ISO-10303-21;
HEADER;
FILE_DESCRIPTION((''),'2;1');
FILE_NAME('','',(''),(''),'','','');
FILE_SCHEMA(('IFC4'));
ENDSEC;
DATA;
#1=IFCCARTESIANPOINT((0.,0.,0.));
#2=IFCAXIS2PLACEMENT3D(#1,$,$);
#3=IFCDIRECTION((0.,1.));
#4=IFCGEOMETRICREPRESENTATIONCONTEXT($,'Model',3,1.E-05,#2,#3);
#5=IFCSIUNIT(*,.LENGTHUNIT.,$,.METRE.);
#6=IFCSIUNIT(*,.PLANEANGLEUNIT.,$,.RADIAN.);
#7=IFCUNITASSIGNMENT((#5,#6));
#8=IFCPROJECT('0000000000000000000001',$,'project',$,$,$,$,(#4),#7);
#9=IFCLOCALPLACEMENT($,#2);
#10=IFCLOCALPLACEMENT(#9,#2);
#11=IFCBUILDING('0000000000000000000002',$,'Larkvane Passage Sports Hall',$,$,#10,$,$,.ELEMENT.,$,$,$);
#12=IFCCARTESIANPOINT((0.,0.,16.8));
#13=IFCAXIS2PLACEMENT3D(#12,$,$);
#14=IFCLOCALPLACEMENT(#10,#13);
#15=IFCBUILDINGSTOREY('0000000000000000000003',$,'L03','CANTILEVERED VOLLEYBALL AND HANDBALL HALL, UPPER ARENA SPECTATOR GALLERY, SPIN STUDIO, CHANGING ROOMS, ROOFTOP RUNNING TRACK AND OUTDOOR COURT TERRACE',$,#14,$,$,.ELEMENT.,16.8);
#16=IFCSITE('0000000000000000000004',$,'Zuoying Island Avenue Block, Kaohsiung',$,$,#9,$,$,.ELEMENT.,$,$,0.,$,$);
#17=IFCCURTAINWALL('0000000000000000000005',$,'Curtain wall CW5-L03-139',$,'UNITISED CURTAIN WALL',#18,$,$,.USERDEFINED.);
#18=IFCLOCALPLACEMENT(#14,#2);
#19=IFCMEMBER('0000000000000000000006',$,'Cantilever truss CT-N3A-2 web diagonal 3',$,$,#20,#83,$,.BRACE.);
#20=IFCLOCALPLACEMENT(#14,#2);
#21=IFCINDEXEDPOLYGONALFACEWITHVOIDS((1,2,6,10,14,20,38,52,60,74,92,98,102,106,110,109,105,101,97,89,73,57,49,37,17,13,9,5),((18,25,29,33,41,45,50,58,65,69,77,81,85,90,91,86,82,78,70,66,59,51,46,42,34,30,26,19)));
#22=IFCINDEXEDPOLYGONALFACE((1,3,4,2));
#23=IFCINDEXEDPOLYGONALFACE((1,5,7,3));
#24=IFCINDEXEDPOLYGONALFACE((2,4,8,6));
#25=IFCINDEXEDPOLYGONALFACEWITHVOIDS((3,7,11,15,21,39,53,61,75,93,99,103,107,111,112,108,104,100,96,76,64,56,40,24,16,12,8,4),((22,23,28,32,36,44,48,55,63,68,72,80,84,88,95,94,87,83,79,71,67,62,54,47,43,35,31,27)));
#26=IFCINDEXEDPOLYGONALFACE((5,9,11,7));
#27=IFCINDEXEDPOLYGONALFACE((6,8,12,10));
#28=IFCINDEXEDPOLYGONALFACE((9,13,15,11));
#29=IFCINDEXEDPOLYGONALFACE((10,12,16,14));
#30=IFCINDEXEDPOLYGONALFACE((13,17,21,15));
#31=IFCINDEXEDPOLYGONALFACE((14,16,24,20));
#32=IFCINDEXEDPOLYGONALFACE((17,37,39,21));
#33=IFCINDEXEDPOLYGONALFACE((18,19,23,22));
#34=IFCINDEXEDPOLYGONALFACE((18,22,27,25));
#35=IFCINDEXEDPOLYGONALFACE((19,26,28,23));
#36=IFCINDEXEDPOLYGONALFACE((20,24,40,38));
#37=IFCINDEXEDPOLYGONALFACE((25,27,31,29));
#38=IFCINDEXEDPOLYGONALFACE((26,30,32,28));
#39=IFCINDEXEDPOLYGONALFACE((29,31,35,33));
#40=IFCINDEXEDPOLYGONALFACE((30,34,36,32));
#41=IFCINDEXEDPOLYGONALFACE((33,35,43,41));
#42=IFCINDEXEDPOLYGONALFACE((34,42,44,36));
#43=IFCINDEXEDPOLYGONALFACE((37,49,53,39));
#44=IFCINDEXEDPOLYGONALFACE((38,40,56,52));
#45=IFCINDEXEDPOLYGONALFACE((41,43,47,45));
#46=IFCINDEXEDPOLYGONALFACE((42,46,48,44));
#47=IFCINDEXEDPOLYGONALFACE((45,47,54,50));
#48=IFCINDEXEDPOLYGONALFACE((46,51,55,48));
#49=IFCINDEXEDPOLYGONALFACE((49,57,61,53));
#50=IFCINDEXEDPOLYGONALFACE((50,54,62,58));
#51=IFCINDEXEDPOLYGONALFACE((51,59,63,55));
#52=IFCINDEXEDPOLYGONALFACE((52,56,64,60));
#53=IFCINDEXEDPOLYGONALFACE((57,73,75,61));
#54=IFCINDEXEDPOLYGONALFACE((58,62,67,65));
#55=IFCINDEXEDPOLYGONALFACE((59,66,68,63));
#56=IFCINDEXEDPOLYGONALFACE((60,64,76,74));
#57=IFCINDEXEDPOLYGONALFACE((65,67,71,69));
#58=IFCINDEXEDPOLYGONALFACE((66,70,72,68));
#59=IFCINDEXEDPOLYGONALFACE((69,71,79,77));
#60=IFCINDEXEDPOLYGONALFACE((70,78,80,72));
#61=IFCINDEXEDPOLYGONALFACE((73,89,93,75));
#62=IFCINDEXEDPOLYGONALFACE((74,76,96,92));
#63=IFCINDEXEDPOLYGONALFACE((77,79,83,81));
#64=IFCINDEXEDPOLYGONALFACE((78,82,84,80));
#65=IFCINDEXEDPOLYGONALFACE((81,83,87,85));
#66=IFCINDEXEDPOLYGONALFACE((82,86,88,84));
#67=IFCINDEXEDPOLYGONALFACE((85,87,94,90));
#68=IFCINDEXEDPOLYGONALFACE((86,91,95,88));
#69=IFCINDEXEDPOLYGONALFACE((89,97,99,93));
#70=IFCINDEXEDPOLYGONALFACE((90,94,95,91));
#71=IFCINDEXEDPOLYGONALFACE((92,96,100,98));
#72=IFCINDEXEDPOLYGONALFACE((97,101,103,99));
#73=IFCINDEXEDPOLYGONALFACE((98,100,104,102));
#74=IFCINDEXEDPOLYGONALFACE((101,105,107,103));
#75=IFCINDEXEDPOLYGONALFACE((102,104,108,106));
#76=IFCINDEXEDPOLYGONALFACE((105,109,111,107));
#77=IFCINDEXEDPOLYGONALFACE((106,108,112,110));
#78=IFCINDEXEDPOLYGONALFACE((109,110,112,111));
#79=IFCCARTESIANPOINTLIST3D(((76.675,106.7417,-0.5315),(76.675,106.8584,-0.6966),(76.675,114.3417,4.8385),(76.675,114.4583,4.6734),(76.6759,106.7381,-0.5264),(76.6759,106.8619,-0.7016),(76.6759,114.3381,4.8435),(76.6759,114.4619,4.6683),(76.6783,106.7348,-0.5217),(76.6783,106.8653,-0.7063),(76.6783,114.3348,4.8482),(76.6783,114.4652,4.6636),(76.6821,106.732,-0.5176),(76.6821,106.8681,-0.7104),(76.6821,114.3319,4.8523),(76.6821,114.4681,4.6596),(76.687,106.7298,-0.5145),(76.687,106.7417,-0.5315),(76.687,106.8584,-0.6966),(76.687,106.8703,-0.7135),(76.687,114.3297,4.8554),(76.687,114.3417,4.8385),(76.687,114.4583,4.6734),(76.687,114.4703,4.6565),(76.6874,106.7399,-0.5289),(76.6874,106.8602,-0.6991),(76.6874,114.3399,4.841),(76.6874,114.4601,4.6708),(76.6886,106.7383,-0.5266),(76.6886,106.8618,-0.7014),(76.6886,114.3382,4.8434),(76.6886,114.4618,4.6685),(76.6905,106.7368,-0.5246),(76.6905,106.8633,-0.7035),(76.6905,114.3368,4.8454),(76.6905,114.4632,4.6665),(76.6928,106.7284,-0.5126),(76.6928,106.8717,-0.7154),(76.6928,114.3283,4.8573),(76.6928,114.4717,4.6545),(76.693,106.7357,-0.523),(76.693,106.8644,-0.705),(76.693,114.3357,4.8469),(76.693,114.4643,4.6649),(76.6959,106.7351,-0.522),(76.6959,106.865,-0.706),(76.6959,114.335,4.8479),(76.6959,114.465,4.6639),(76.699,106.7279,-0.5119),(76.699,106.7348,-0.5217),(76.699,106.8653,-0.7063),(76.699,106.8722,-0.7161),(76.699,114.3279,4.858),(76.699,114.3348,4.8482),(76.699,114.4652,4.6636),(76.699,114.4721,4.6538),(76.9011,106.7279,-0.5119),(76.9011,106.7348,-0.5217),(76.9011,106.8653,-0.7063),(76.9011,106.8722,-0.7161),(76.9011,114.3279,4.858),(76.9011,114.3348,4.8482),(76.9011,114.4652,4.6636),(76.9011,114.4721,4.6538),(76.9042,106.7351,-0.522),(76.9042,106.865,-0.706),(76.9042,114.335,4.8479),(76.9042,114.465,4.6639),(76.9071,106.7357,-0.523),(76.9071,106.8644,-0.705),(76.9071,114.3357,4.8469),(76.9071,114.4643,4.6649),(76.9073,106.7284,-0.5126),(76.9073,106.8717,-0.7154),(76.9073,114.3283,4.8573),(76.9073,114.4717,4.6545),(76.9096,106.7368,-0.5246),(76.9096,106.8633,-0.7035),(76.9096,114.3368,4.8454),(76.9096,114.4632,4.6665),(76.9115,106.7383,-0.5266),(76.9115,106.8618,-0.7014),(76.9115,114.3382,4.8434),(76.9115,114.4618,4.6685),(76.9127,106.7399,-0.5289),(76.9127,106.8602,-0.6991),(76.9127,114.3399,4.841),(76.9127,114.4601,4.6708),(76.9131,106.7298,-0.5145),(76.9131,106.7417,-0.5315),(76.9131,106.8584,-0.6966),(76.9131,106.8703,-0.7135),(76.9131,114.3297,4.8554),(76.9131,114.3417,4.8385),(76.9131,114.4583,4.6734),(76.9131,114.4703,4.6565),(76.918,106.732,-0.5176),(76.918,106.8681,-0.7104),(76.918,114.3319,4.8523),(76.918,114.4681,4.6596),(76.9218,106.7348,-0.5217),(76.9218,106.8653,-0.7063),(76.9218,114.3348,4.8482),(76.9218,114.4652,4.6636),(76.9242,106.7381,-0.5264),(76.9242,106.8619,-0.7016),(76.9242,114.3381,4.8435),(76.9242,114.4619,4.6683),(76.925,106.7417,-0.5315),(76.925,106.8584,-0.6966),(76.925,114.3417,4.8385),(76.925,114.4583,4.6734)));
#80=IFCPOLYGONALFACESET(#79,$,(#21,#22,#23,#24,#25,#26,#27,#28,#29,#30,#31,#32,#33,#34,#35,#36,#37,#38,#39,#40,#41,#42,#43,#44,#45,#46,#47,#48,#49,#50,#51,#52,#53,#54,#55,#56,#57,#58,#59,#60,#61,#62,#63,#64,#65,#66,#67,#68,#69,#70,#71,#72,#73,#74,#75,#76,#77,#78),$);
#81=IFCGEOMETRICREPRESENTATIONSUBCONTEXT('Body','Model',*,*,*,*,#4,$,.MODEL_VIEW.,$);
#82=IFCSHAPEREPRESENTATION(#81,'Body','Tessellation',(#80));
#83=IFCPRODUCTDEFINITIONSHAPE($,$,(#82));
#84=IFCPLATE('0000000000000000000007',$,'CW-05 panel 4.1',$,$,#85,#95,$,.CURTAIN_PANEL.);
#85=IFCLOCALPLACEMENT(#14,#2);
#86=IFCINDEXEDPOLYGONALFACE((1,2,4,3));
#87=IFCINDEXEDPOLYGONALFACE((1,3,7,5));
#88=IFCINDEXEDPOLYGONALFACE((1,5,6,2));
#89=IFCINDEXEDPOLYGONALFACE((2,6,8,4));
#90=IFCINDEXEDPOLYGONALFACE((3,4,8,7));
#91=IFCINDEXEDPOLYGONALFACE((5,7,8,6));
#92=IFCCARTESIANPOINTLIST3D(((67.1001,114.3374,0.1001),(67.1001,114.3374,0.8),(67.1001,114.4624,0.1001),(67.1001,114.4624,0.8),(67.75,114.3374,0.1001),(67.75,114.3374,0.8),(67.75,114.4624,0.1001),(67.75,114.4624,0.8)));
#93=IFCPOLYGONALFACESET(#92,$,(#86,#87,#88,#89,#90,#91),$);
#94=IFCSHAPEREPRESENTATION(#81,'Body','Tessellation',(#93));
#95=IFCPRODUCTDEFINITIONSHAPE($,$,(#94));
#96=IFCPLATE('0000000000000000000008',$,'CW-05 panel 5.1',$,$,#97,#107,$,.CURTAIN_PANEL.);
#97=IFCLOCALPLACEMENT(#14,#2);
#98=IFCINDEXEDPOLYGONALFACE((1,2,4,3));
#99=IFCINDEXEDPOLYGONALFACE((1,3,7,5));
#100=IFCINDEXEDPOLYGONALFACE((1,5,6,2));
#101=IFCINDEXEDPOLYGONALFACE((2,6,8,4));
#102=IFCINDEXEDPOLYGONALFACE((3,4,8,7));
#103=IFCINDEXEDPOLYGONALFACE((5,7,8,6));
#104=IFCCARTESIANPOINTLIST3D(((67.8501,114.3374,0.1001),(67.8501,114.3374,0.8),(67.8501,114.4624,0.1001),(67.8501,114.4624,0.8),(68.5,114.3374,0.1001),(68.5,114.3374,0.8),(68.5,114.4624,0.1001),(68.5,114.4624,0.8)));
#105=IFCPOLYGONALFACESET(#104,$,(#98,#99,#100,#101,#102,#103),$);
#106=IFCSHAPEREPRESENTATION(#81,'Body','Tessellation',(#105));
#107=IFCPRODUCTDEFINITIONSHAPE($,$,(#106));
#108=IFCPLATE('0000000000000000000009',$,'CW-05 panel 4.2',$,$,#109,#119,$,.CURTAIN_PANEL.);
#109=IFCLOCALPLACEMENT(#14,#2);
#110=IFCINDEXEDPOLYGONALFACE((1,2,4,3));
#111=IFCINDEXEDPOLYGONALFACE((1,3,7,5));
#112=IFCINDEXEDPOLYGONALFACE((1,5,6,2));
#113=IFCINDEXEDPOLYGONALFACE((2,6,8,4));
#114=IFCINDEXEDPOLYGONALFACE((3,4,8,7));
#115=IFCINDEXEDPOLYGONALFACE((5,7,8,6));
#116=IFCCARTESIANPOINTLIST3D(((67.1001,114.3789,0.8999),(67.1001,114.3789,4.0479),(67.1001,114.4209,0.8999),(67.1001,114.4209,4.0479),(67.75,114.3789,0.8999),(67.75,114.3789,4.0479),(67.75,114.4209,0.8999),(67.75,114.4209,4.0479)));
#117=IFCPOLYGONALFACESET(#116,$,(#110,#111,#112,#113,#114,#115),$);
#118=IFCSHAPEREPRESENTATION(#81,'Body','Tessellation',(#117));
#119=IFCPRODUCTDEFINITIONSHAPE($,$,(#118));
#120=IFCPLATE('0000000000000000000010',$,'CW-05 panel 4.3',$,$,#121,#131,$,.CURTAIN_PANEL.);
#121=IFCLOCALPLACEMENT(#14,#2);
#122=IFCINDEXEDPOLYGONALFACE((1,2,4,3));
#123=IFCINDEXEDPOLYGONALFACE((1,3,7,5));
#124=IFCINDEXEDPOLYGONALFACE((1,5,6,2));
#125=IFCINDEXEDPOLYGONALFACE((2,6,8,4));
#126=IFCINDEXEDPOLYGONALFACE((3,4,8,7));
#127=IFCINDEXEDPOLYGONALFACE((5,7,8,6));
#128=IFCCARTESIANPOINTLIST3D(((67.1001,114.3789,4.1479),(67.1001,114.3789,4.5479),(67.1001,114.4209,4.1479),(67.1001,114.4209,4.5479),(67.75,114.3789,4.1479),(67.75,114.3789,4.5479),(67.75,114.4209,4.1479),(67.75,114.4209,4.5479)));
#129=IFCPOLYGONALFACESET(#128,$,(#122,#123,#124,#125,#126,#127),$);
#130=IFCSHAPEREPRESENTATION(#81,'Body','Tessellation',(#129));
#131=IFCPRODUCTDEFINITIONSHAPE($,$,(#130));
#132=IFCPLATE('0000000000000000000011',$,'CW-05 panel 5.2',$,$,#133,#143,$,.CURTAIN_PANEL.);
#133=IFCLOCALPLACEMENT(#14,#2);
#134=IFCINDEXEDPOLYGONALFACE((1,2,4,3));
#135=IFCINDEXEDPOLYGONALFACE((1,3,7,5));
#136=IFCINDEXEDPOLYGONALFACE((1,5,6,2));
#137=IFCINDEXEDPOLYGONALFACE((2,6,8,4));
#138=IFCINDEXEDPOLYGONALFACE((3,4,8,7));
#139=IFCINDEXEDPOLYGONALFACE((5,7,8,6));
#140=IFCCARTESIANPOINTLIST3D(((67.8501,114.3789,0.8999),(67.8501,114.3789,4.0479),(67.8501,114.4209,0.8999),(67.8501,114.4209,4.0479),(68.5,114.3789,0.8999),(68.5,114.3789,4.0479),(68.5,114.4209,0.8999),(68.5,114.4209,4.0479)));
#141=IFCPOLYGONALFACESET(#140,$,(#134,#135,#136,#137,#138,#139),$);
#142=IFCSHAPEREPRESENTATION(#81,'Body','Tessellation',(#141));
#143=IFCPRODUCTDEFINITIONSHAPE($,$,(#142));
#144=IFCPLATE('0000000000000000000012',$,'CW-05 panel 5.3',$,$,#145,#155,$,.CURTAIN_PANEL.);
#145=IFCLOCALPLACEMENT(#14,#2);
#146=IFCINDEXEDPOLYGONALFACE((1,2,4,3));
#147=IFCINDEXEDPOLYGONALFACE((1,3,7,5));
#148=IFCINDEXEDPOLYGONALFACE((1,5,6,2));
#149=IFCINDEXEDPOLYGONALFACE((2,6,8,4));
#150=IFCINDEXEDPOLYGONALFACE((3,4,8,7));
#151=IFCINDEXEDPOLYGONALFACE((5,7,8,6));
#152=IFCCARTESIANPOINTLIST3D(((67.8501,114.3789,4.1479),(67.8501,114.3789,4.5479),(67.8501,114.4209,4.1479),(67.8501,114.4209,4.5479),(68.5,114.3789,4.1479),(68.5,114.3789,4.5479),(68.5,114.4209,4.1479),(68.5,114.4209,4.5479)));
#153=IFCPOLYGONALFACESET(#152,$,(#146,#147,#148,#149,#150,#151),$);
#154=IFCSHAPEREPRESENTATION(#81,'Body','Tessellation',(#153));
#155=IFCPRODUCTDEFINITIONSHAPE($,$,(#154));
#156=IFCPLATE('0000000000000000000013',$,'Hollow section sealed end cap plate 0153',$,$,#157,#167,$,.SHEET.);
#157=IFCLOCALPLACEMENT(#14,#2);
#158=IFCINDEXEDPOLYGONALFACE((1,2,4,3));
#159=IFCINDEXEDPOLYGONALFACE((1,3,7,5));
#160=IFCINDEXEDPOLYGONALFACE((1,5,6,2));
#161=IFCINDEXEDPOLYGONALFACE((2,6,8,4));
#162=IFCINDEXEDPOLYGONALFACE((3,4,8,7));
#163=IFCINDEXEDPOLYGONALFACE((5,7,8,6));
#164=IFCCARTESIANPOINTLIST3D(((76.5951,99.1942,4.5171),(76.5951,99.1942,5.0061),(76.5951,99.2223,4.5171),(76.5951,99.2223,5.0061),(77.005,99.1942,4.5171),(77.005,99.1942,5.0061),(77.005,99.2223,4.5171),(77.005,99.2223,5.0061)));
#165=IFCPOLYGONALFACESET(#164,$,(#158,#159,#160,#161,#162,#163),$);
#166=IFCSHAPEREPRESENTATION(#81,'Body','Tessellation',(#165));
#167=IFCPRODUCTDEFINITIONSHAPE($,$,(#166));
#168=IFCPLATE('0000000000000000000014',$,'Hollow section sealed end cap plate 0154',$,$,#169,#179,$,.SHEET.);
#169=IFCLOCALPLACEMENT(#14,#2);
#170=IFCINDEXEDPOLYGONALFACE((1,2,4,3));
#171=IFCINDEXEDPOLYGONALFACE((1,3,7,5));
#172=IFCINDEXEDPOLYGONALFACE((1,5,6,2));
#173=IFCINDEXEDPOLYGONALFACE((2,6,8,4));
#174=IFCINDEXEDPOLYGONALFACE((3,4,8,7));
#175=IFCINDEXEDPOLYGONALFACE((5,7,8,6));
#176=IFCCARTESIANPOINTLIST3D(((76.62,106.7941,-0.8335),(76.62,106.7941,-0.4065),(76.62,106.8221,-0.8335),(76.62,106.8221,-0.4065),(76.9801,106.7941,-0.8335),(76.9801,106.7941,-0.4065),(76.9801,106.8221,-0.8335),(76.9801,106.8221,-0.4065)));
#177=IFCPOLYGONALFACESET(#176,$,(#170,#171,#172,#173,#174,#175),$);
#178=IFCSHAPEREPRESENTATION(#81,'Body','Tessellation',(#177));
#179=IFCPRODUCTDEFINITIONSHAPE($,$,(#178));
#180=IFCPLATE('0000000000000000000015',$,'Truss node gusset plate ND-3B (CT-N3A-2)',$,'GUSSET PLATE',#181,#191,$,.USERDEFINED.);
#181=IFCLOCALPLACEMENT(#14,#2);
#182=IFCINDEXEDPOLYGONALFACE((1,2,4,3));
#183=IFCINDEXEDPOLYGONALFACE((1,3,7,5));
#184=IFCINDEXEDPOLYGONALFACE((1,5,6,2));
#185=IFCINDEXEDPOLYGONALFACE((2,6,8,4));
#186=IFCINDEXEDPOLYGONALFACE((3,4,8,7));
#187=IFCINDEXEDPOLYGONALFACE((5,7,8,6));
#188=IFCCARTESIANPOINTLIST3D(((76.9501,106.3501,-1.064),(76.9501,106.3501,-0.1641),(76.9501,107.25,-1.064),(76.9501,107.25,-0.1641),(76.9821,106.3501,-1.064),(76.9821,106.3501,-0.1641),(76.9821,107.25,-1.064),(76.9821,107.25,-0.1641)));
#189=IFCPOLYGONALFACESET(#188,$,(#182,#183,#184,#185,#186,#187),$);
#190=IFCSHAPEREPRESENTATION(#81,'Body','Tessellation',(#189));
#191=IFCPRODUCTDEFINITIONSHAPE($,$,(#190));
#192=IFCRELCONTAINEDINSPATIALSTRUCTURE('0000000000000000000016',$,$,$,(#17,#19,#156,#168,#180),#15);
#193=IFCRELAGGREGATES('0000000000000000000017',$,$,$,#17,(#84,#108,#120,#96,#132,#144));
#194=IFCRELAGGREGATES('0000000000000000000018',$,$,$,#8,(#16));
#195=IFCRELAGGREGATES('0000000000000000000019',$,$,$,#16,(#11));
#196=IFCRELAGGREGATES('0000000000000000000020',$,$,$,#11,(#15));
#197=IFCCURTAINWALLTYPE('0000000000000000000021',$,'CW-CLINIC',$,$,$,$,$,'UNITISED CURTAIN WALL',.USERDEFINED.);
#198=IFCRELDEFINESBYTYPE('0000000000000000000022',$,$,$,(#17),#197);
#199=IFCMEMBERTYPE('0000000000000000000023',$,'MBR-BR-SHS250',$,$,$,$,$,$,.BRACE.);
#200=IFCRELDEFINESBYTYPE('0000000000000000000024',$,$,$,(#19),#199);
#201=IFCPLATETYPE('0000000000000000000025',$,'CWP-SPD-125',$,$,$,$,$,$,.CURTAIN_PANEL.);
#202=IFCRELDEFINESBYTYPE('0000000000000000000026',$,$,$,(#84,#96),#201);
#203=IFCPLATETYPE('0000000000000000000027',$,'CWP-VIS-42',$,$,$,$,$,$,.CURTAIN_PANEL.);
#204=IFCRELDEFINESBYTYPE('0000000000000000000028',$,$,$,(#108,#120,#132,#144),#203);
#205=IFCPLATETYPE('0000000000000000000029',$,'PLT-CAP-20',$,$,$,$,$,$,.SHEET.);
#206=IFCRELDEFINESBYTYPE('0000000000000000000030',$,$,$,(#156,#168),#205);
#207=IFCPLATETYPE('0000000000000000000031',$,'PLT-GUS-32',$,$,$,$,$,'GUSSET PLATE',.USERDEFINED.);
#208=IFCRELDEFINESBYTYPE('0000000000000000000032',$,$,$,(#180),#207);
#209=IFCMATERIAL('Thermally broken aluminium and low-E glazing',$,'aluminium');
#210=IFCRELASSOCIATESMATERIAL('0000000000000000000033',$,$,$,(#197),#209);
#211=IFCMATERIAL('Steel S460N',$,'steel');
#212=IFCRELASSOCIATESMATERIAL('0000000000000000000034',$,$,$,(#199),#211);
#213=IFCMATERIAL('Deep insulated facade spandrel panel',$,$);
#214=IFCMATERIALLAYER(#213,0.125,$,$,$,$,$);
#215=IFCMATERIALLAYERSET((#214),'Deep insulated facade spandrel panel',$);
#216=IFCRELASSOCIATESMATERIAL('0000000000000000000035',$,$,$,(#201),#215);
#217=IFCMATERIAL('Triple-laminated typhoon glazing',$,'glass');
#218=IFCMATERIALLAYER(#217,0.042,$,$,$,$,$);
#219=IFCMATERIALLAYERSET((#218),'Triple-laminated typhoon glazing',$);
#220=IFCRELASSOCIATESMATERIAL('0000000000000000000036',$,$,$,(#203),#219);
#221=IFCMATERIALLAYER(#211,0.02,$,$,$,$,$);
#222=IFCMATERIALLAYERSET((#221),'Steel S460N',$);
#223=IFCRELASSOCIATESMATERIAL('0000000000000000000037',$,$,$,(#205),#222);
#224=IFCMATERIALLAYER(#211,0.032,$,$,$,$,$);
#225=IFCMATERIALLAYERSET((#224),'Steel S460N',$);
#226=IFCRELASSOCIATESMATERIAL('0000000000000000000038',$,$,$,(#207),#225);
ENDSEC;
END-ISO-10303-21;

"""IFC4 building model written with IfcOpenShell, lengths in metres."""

from ifc_helpers import new_model, si_unit, direction, frame, origin, origin_2d, place, context, subcontext, project, spatial, rectangle, hollow_rectangle, extrude, material, layer, layer_set, material_profile, profile_set, type_object, element, aggregate, save


model = new_model("IFC4")

# Units and contexts
model_context = context("Model", 3, precision=1e-05, world=origin(), true_north=direction((0.0, 1.0)))
body_context = subcontext(model_context, "Body", "Model", "MODEL_VIEW")
ifc_project = project(units=[si_unit("LENGTHUNIT", "METRE"), si_unit("PLANEANGLEUNIT", "RADIAN")], contexts=[model_context])

# Site, building, storey
site_placement = place(None, origin())
site = spatial("IfcSite", under=ifc_project, at=site_placement, Name="Zuoying Island Avenue Block, Kaohsiung", CompositionType="ELEMENT", RefElevation=0.0)
building_placement = place(site_placement, origin())
building = spatial("IfcBuilding", under=site, at=building_placement, Name="Larkvane Passage Sports Hall", CompositionType="ELEMENT")
storey_placement = place(building_placement, frame((0.0, 0.0, 16.8)))
storey = spatial("IfcBuildingStorey", under=building, at=storey_placement, Name="L03", Description="CANTILEVERED VOLLEYBALL AND HANDBALL HALL, UPPER ARENA SPECTATOR GALLERY, SPIN STUDIO, CHANGING ROOMS, ROOFTOP RUNNING TRACK AND OUTDOOR COURT TERRACE", CompositionType="ELEMENT", Elevation=16.8)

# Shared definitions
ifc_material_1 = material(Name="Steel S460N", Category="steel")

# Curtain wall
ifc_material_2 = material(Name="Thermally broken aluminium and low-E glazing", Category="aluminium")
curtain_wall_type_1 = type_object("IfcCurtainWallType", Name="CW-CLINIC", ElementType="UNITISED CURTAIN WALL", PredefinedType="USERDEFINED", material=ifc_material_2)
curtain_wall_1_placement = place(storey_placement, origin())
curtain_wall_1 = element("IfcCurtainWall", 1, at=curtain_wall_1_placement, inside=storey, type_object=curtain_wall_type_1, Name="Curtain wall CW5-L03-139", ObjectType="UNITISED CURTAIN WALL", PredefinedType="USERDEFINED")

# Member
ifc_material_profile_1 = material_profile(ifc_material_1, hollow_rectangle(XDim=0.25, YDim=0.25, WallThickness=0.012, InnerFilletRadius=0.012, OuterFilletRadius=0.0239, at=origin_2d()), Name="SHS-250x250x12")
ifc_profile_set_1 = profile_set([ifc_material_profile_1], Name="Steel S460N")
member_type_1 = type_object("IfcMemberType", Name="MBR-BR-SHS250", PredefinedType="BRACE", material=ifc_profile_set_1)
member_1_placement = place(storey_placement, frame((76.8, 106.8, -0.614), z_axis=(0.0, 0.816701, 0.577061), x_axis=(-1.0, 0.0, 0.0)))
element("IfcMember", 2, at=member_1_placement, inside=storey, type_object=member_type_1, Name="Cantilever truss CT-N3A-2 web diagonal 3", PredefinedType="BRACE", context=body_context, shape_type="SweptSolid", body=[
    extrude(hollow_rectangle(XDim=0.25, YDim=0.25, WallThickness=0.012, InnerFilletRadius=0.012, OuterFilletRadius=0.0239, at=origin_2d()), origin(), (0.0, 0.0, 1.0), 9.3057),
])

# Plates
ifc_material_3 = material(Name="Deep insulated facade spandrel panel")
ifc_layer_1 = layer(ifc_material_3, 0.125)
ifc_layer_set_1 = layer_set([ifc_layer_1], Name="Deep insulated facade spandrel panel")
plate_type_1 = type_object("IfcPlateType", Name="CWP-SPD-125", PredefinedType="CURTAIN_PANEL", material=ifc_layer_set_1)
plate_1_placement = place(storey_placement, frame((67.425, 114.3999, 0.1001), z_axis=(0.0, 0.0, 1.0), x_axis=(1.0, 0.0, 0.0)))
plate_1 = element("IfcPlate", 3, at=plate_1_placement, type_object=plate_type_1, Name="CW-05 panel 4.1", PredefinedType="CURTAIN_PANEL", context=body_context, shape_type="SweptSolid", body=[
    extrude(rectangle(XDim=0.6499, YDim=0.125, at=origin_2d()), origin(), (0.0, 0.0, 1.0), 0.7),
])
plate_2_placement = place(storey_placement, frame((68.175, 114.3999, 0.1001), z_axis=(0.0, 0.0, 1.0), x_axis=(1.0, 0.0, 0.0)))
plate_2 = element("IfcPlate", 4, at=plate_2_placement, type_object=plate_type_1, Name="CW-05 panel 5.1", PredefinedType="CURTAIN_PANEL", context=body_context, shape_type="SweptSolid", body=[
    extrude(rectangle(XDim=0.6499, YDim=0.125, at=origin_2d()), origin(), (0.0, 0.0, 1.0), 0.7),
])
ifc_material_4 = material(Name="Triple-laminated typhoon glazing", Category="glass")
ifc_layer_2 = layer(ifc_material_4, 0.042)
ifc_layer_set_2 = layer_set([ifc_layer_2], Name="Triple-laminated typhoon glazing")
plate_type_2 = type_object("IfcPlateType", Name="CWP-VIS-42", PredefinedType="CURTAIN_PANEL", material=ifc_layer_set_2)
plate_3_placement = place(storey_placement, frame((67.425, 114.3999, 0.8999), z_axis=(0.0, 0.0, 1.0), x_axis=(1.0, 0.0, 0.0)))
plate_3 = element("IfcPlate", 5, at=plate_3_placement, type_object=plate_type_2, Name="CW-05 panel 4.2", PredefinedType="CURTAIN_PANEL", context=body_context, shape_type="SweptSolid", body=[
    extrude(rectangle(XDim=0.6499, YDim=0.042, at=origin_2d()), origin(), (0.0, 0.0, 1.0), 3.1479),
])
plate_4_placement = place(storey_placement, frame((67.425, 114.3999, 4.1479), z_axis=(0.0, 0.0, 1.0), x_axis=(1.0, 0.0, 0.0)))
plate_4 = element("IfcPlate", 6, at=plate_4_placement, type_object=plate_type_2, Name="CW-05 panel 4.3", PredefinedType="CURTAIN_PANEL", context=body_context, shape_type="SweptSolid", body=[
    extrude(rectangle(XDim=0.6499, YDim=0.042, at=origin_2d()), origin(), (0.0, 0.0, 1.0), 0.3999),
])
plate_5_placement = place(storey_placement, frame((68.175, 114.3999, 0.8999), z_axis=(0.0, 0.0, 1.0), x_axis=(1.0, 0.0, 0.0)))
plate_5 = element("IfcPlate", 7, at=plate_5_placement, type_object=plate_type_2, Name="CW-05 panel 5.2", PredefinedType="CURTAIN_PANEL", context=body_context, shape_type="SweptSolid", body=[
    extrude(rectangle(XDim=0.6499, YDim=0.042, at=origin_2d()), origin(), (0.0, 0.0, 1.0), 3.1479),
])
plate_6_placement = place(storey_placement, frame((68.175, 114.3999, 4.1479), z_axis=(0.0, 0.0, 1.0), x_axis=(1.0, 0.0, 0.0)))
plate_6 = element("IfcPlate", 8, at=plate_6_placement, type_object=plate_type_2, Name="CW-05 panel 5.3", PredefinedType="CURTAIN_PANEL", context=body_context, shape_type="SweptSolid", body=[
    extrude(rectangle(XDim=0.6499, YDim=0.042, at=origin_2d()), origin(), (0.0, 0.0, 1.0), 0.3999),
])
aggregate(curtain_wall_1, [plate_1, plate_3, plate_4, plate_2, plate_5, plate_6])

# Plates
ifc_layer_3 = layer(ifc_material_1, 0.02)
ifc_layer_set_3 = layer_set([ifc_layer_3], Name="Steel S460N")
plate_type_3 = type_object("IfcPlateType", Name="PLT-CAP-20", PredefinedType="SHEET", material=ifc_layer_set_3)
plate_7_placement = place(storey_placement, frame((76.8, 99.2083, 4.5171), z_axis=(0.0, 0.0, 1.0), x_axis=(-1.0, 0.0, 0.0)))
element("IfcPlate", 9, at=plate_7_placement, inside=storey, type_object=plate_type_3, Name="Hollow section sealed end cap plate 0153", PredefinedType="SHEET", context=body_context, shape_type="SweptSolid", body=[
    extrude(rectangle(XDim=0.4099, YDim=0.0281, at=origin_2d()), origin(), (0.0, 0.0, 1.0), 0.489),
])
plate_8_placement = place(storey_placement, frame((76.8, 106.8081, -0.8335), z_axis=(0.0, 0.0, 1.0), x_axis=(-1.0, 0.0, 0.0)))
element("IfcPlate", 10, at=plate_8_placement, inside=storey, type_object=plate_type_3, Name="Hollow section sealed end cap plate 0154", PredefinedType="SHEET", context=body_context, shape_type="SweptSolid", body=[
    extrude(rectangle(XDim=0.3601, YDim=0.0281, at=origin_2d()), origin(), (0.0, 0.0, 1.0), 0.427),
])
ifc_layer_4 = layer(ifc_material_1, 0.032)
ifc_layer_set_4 = layer_set([ifc_layer_4], Name="Steel S460N")
plate_type_4 = type_object("IfcPlateType", Name="PLT-GUS-32", ElementType="GUSSET PLATE", PredefinedType="USERDEFINED", material=ifc_layer_set_4)
for number, where, z_axis, x_axis, name in (
    (11, (76.9661, 106.8, -1.064), (0.0, 0.0, 1.0), (0.0, 1.0, 0.0), "Truss node gusset plate ND-3B (CT-N3A-2)"),
):
    element("IfcPlate", number, at=place(storey_placement, frame(where, z_axis=z_axis, x_axis=x_axis)), inside=storey, type_object=plate_type_4, Name=name, ObjectType="GUSSET PLATE", PredefinedType="USERDEFINED", context=body_context, shape_type="SweptSolid", body=[
        extrude(rectangle(XDim=0.8999, YDim=0.032, at=origin_2d()), origin(), (0.0, 0.0, 1.0), 0.8999),
    ])

save(model, "model.ifc")
